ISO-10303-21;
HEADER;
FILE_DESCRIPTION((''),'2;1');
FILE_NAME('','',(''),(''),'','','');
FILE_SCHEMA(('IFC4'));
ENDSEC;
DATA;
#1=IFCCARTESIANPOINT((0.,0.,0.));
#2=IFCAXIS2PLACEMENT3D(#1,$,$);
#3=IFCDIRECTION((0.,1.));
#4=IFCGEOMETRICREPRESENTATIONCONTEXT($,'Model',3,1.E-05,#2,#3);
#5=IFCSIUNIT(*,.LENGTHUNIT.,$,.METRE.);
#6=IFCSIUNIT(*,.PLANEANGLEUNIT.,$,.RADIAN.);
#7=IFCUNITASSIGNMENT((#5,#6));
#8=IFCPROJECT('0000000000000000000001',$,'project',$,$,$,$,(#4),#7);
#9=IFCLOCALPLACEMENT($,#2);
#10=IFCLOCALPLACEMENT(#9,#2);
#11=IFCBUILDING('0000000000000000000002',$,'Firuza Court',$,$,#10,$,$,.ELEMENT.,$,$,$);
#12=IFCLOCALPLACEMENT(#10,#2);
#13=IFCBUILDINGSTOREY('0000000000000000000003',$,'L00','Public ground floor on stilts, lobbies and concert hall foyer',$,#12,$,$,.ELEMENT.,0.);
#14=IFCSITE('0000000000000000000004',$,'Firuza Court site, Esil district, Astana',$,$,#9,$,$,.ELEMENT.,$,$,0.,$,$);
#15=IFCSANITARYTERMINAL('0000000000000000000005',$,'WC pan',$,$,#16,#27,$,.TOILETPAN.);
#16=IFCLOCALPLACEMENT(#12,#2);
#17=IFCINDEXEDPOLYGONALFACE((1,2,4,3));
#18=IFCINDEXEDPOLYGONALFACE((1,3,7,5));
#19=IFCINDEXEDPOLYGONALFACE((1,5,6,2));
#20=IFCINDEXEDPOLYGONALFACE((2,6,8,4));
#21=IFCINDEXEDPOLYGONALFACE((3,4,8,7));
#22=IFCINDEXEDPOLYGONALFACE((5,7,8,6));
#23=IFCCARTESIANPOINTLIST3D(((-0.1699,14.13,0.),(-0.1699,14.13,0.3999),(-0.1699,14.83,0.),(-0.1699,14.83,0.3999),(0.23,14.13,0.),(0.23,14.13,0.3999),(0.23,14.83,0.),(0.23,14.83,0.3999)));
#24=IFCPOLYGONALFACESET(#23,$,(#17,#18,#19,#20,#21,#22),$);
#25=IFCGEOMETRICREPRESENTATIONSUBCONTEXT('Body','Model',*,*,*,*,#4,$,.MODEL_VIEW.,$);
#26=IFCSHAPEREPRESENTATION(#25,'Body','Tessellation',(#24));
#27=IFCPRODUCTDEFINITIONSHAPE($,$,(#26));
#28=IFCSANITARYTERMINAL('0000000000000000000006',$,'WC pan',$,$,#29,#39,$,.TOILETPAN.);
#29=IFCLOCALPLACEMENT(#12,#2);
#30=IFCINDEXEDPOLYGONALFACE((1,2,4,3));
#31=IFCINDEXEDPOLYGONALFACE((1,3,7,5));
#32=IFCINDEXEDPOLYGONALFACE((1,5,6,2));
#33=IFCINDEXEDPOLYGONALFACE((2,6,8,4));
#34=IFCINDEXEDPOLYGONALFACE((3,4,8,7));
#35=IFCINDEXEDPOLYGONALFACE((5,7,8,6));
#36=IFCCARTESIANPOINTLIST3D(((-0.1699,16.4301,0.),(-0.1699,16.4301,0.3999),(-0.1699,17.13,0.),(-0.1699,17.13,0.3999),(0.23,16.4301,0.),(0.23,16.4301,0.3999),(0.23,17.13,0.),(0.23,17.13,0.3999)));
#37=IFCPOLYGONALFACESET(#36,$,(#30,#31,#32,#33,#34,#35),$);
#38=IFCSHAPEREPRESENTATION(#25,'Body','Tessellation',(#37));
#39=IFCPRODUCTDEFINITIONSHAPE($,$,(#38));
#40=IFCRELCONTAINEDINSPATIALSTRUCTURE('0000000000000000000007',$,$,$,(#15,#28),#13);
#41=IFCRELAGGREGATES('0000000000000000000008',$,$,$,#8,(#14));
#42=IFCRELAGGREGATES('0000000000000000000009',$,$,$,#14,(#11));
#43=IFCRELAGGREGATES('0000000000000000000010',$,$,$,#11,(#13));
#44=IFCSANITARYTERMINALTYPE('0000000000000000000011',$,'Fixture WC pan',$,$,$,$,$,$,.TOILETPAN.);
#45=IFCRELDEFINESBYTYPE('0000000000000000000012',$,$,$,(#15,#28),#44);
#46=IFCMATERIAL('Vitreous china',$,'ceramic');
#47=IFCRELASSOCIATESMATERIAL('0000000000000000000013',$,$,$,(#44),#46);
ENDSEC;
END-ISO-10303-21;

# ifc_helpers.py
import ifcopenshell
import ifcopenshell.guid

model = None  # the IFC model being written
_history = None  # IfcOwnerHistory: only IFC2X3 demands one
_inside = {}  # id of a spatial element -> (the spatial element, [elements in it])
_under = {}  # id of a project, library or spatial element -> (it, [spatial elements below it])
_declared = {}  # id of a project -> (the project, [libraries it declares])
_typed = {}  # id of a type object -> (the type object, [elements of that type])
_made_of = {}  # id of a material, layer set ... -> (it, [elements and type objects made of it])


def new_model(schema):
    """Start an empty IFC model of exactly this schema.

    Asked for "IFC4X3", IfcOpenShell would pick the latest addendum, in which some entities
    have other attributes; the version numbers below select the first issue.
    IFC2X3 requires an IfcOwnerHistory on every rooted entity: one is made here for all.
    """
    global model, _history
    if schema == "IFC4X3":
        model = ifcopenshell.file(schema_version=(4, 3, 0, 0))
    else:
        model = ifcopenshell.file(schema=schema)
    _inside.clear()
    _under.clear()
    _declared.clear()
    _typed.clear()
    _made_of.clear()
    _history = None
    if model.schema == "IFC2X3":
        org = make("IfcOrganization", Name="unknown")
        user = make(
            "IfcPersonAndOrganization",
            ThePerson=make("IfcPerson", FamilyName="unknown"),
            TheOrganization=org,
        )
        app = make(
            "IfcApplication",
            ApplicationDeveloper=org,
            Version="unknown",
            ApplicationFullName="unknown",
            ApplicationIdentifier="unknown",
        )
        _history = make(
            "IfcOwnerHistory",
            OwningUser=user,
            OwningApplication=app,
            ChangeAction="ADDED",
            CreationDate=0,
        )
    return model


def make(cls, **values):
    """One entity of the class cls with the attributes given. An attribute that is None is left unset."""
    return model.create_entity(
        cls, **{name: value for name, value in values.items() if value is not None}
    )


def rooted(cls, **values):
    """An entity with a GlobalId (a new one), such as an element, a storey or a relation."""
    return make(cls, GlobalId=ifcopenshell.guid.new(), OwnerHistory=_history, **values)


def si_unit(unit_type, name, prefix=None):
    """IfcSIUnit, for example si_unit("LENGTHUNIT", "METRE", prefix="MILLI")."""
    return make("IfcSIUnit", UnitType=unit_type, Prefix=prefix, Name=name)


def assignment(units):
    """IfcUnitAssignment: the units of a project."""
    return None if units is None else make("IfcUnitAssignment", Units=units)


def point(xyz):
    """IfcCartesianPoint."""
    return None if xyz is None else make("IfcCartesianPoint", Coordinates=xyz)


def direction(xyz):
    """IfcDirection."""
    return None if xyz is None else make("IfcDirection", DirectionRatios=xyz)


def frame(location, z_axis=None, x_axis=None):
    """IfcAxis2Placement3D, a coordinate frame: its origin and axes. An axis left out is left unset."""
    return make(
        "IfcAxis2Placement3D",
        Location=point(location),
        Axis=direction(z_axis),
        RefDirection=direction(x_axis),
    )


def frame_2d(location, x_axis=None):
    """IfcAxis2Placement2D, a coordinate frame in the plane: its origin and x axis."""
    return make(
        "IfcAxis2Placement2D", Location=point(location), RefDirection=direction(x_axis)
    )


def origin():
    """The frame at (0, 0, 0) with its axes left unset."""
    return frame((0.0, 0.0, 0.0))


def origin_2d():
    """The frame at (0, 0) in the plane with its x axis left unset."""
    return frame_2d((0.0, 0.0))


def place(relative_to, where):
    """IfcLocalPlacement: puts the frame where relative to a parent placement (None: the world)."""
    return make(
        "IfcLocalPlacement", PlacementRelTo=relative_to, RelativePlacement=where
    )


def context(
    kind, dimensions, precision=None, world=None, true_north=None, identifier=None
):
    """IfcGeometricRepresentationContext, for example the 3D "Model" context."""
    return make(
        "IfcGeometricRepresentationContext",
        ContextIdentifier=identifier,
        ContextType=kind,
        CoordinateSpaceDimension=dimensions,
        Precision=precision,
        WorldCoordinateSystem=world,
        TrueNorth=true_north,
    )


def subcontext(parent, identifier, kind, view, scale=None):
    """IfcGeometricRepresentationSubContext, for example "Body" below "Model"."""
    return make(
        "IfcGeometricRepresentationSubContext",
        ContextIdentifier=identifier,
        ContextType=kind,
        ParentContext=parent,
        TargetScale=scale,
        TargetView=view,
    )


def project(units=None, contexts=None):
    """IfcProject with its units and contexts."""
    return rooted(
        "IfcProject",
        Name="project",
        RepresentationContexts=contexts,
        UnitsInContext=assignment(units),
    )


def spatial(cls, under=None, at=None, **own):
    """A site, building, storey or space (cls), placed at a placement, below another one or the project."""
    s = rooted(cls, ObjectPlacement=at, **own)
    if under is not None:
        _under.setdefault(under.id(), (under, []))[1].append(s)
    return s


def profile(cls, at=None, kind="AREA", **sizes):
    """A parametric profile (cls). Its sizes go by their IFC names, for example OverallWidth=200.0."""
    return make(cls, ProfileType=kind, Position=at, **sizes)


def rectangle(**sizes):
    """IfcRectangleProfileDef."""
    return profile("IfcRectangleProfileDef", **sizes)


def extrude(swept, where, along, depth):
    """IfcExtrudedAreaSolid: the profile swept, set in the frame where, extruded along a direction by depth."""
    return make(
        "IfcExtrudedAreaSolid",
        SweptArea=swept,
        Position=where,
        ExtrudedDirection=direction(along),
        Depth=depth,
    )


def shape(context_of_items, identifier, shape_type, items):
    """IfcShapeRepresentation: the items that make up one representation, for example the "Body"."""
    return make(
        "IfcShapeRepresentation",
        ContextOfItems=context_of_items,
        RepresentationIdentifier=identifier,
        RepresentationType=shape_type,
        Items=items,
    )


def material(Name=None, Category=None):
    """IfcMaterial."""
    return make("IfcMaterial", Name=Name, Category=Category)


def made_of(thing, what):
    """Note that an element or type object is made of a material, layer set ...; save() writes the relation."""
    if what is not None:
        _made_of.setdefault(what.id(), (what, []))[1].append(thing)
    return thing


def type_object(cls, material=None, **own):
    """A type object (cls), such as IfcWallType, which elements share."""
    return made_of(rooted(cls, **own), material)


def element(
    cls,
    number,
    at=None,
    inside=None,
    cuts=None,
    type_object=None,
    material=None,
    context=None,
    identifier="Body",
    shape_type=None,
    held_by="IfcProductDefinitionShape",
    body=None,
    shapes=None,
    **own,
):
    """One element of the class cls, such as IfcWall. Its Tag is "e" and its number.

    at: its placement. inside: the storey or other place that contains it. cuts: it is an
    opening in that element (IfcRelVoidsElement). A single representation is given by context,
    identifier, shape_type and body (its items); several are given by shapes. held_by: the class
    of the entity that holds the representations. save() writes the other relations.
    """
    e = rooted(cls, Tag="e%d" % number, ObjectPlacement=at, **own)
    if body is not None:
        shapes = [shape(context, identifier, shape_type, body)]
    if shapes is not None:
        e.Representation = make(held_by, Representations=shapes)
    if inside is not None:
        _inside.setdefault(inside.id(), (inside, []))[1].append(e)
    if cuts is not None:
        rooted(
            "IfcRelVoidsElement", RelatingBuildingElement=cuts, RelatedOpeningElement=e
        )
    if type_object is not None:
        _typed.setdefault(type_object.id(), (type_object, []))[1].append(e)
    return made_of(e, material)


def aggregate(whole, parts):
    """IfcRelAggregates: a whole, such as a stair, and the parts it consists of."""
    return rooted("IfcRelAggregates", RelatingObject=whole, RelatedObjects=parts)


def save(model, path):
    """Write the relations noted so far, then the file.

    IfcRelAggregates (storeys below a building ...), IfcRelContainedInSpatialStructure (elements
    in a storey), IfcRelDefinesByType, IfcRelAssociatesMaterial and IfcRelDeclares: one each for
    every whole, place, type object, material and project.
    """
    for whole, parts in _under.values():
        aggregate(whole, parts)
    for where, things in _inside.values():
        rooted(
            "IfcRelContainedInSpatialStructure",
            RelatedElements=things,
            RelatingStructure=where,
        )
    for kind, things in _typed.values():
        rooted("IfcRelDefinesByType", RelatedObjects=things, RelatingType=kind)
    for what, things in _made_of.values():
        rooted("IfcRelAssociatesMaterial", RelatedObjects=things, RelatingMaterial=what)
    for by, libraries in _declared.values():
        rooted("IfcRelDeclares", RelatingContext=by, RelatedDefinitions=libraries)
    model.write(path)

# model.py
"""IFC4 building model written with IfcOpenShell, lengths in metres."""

from ifc_helpers import new_model, si_unit, direction, frame, origin, origin_2d, place, context, subcontext, project, spatial, rectangle, extrude, material, type_object, element, save


model = new_model("IFC4")

# Units and contexts
model_context = context("Model", 3, precision=1e-05, world=origin(), true_north=direction((0.0, 1.0)))
body_context = subcontext(model_context, "Body", "Model", "MODEL_VIEW")
ifc_project = project(units=[si_unit("LENGTHUNIT", "METRE"), si_unit("PLANEANGLEUNIT", "RADIAN")], contexts=[model_context])

# Site, building, storey
site_placement = place(None, origin())
site = spatial("IfcSite", under=ifc_project, at=site_placement, Name="Firuza Court site, Esil district, Astana", CompositionType="ELEMENT", RefElevation=0.0)
building_placement = place(site_placement, origin())
building = spatial("IfcBuilding", under=site, at=building_placement, Name="Firuza Court", CompositionType="ELEMENT")
storey_placement = place(building_placement, origin())
storey = spatial("IfcBuildingStorey", under=building, at=storey_placement, Name="L00", Description="Public ground floor on stilts, lobbies and concert hall foyer", CompositionType="ELEMENT", Elevation=0.0)

# Sanitary terminals
ifc_material_1 = material(Name="Vitreous china", Category="ceramic")
sanitary_terminal_type = type_object("IfcSanitaryTerminalType", Name="Fixture WC pan", PredefinedType="TOILETPAN", material=ifc_material_1)
for number, where, z_axis, x_axis, name in (
    (1, (0.03, 14.48, 0.0), (0.0, 0.0, 1.0), (1.0, 0.0, 0.0), "WC pan"),
    (2, (0.03, 16.78, 0.0), (0.0, 0.0, 1.0), (1.0, 0.0, 0.0), "WC pan"),
):
    element("IfcSanitaryTerminal", number, at=place(storey_placement, frame(where, z_axis=z_axis, x_axis=x_axis)), inside=storey, type_object=sanitary_terminal_type, Name=name, PredefinedType="TOILETPAN", context=body_context, shape_type="SweptSolid", body=[
        extrude(rectangle(XDim=0.3999, YDim=0.7, at=origin_2d()), origin(), (0.0, 0.0, 1.0), 0.3999),
    ])

save(model, "model.ifc")
